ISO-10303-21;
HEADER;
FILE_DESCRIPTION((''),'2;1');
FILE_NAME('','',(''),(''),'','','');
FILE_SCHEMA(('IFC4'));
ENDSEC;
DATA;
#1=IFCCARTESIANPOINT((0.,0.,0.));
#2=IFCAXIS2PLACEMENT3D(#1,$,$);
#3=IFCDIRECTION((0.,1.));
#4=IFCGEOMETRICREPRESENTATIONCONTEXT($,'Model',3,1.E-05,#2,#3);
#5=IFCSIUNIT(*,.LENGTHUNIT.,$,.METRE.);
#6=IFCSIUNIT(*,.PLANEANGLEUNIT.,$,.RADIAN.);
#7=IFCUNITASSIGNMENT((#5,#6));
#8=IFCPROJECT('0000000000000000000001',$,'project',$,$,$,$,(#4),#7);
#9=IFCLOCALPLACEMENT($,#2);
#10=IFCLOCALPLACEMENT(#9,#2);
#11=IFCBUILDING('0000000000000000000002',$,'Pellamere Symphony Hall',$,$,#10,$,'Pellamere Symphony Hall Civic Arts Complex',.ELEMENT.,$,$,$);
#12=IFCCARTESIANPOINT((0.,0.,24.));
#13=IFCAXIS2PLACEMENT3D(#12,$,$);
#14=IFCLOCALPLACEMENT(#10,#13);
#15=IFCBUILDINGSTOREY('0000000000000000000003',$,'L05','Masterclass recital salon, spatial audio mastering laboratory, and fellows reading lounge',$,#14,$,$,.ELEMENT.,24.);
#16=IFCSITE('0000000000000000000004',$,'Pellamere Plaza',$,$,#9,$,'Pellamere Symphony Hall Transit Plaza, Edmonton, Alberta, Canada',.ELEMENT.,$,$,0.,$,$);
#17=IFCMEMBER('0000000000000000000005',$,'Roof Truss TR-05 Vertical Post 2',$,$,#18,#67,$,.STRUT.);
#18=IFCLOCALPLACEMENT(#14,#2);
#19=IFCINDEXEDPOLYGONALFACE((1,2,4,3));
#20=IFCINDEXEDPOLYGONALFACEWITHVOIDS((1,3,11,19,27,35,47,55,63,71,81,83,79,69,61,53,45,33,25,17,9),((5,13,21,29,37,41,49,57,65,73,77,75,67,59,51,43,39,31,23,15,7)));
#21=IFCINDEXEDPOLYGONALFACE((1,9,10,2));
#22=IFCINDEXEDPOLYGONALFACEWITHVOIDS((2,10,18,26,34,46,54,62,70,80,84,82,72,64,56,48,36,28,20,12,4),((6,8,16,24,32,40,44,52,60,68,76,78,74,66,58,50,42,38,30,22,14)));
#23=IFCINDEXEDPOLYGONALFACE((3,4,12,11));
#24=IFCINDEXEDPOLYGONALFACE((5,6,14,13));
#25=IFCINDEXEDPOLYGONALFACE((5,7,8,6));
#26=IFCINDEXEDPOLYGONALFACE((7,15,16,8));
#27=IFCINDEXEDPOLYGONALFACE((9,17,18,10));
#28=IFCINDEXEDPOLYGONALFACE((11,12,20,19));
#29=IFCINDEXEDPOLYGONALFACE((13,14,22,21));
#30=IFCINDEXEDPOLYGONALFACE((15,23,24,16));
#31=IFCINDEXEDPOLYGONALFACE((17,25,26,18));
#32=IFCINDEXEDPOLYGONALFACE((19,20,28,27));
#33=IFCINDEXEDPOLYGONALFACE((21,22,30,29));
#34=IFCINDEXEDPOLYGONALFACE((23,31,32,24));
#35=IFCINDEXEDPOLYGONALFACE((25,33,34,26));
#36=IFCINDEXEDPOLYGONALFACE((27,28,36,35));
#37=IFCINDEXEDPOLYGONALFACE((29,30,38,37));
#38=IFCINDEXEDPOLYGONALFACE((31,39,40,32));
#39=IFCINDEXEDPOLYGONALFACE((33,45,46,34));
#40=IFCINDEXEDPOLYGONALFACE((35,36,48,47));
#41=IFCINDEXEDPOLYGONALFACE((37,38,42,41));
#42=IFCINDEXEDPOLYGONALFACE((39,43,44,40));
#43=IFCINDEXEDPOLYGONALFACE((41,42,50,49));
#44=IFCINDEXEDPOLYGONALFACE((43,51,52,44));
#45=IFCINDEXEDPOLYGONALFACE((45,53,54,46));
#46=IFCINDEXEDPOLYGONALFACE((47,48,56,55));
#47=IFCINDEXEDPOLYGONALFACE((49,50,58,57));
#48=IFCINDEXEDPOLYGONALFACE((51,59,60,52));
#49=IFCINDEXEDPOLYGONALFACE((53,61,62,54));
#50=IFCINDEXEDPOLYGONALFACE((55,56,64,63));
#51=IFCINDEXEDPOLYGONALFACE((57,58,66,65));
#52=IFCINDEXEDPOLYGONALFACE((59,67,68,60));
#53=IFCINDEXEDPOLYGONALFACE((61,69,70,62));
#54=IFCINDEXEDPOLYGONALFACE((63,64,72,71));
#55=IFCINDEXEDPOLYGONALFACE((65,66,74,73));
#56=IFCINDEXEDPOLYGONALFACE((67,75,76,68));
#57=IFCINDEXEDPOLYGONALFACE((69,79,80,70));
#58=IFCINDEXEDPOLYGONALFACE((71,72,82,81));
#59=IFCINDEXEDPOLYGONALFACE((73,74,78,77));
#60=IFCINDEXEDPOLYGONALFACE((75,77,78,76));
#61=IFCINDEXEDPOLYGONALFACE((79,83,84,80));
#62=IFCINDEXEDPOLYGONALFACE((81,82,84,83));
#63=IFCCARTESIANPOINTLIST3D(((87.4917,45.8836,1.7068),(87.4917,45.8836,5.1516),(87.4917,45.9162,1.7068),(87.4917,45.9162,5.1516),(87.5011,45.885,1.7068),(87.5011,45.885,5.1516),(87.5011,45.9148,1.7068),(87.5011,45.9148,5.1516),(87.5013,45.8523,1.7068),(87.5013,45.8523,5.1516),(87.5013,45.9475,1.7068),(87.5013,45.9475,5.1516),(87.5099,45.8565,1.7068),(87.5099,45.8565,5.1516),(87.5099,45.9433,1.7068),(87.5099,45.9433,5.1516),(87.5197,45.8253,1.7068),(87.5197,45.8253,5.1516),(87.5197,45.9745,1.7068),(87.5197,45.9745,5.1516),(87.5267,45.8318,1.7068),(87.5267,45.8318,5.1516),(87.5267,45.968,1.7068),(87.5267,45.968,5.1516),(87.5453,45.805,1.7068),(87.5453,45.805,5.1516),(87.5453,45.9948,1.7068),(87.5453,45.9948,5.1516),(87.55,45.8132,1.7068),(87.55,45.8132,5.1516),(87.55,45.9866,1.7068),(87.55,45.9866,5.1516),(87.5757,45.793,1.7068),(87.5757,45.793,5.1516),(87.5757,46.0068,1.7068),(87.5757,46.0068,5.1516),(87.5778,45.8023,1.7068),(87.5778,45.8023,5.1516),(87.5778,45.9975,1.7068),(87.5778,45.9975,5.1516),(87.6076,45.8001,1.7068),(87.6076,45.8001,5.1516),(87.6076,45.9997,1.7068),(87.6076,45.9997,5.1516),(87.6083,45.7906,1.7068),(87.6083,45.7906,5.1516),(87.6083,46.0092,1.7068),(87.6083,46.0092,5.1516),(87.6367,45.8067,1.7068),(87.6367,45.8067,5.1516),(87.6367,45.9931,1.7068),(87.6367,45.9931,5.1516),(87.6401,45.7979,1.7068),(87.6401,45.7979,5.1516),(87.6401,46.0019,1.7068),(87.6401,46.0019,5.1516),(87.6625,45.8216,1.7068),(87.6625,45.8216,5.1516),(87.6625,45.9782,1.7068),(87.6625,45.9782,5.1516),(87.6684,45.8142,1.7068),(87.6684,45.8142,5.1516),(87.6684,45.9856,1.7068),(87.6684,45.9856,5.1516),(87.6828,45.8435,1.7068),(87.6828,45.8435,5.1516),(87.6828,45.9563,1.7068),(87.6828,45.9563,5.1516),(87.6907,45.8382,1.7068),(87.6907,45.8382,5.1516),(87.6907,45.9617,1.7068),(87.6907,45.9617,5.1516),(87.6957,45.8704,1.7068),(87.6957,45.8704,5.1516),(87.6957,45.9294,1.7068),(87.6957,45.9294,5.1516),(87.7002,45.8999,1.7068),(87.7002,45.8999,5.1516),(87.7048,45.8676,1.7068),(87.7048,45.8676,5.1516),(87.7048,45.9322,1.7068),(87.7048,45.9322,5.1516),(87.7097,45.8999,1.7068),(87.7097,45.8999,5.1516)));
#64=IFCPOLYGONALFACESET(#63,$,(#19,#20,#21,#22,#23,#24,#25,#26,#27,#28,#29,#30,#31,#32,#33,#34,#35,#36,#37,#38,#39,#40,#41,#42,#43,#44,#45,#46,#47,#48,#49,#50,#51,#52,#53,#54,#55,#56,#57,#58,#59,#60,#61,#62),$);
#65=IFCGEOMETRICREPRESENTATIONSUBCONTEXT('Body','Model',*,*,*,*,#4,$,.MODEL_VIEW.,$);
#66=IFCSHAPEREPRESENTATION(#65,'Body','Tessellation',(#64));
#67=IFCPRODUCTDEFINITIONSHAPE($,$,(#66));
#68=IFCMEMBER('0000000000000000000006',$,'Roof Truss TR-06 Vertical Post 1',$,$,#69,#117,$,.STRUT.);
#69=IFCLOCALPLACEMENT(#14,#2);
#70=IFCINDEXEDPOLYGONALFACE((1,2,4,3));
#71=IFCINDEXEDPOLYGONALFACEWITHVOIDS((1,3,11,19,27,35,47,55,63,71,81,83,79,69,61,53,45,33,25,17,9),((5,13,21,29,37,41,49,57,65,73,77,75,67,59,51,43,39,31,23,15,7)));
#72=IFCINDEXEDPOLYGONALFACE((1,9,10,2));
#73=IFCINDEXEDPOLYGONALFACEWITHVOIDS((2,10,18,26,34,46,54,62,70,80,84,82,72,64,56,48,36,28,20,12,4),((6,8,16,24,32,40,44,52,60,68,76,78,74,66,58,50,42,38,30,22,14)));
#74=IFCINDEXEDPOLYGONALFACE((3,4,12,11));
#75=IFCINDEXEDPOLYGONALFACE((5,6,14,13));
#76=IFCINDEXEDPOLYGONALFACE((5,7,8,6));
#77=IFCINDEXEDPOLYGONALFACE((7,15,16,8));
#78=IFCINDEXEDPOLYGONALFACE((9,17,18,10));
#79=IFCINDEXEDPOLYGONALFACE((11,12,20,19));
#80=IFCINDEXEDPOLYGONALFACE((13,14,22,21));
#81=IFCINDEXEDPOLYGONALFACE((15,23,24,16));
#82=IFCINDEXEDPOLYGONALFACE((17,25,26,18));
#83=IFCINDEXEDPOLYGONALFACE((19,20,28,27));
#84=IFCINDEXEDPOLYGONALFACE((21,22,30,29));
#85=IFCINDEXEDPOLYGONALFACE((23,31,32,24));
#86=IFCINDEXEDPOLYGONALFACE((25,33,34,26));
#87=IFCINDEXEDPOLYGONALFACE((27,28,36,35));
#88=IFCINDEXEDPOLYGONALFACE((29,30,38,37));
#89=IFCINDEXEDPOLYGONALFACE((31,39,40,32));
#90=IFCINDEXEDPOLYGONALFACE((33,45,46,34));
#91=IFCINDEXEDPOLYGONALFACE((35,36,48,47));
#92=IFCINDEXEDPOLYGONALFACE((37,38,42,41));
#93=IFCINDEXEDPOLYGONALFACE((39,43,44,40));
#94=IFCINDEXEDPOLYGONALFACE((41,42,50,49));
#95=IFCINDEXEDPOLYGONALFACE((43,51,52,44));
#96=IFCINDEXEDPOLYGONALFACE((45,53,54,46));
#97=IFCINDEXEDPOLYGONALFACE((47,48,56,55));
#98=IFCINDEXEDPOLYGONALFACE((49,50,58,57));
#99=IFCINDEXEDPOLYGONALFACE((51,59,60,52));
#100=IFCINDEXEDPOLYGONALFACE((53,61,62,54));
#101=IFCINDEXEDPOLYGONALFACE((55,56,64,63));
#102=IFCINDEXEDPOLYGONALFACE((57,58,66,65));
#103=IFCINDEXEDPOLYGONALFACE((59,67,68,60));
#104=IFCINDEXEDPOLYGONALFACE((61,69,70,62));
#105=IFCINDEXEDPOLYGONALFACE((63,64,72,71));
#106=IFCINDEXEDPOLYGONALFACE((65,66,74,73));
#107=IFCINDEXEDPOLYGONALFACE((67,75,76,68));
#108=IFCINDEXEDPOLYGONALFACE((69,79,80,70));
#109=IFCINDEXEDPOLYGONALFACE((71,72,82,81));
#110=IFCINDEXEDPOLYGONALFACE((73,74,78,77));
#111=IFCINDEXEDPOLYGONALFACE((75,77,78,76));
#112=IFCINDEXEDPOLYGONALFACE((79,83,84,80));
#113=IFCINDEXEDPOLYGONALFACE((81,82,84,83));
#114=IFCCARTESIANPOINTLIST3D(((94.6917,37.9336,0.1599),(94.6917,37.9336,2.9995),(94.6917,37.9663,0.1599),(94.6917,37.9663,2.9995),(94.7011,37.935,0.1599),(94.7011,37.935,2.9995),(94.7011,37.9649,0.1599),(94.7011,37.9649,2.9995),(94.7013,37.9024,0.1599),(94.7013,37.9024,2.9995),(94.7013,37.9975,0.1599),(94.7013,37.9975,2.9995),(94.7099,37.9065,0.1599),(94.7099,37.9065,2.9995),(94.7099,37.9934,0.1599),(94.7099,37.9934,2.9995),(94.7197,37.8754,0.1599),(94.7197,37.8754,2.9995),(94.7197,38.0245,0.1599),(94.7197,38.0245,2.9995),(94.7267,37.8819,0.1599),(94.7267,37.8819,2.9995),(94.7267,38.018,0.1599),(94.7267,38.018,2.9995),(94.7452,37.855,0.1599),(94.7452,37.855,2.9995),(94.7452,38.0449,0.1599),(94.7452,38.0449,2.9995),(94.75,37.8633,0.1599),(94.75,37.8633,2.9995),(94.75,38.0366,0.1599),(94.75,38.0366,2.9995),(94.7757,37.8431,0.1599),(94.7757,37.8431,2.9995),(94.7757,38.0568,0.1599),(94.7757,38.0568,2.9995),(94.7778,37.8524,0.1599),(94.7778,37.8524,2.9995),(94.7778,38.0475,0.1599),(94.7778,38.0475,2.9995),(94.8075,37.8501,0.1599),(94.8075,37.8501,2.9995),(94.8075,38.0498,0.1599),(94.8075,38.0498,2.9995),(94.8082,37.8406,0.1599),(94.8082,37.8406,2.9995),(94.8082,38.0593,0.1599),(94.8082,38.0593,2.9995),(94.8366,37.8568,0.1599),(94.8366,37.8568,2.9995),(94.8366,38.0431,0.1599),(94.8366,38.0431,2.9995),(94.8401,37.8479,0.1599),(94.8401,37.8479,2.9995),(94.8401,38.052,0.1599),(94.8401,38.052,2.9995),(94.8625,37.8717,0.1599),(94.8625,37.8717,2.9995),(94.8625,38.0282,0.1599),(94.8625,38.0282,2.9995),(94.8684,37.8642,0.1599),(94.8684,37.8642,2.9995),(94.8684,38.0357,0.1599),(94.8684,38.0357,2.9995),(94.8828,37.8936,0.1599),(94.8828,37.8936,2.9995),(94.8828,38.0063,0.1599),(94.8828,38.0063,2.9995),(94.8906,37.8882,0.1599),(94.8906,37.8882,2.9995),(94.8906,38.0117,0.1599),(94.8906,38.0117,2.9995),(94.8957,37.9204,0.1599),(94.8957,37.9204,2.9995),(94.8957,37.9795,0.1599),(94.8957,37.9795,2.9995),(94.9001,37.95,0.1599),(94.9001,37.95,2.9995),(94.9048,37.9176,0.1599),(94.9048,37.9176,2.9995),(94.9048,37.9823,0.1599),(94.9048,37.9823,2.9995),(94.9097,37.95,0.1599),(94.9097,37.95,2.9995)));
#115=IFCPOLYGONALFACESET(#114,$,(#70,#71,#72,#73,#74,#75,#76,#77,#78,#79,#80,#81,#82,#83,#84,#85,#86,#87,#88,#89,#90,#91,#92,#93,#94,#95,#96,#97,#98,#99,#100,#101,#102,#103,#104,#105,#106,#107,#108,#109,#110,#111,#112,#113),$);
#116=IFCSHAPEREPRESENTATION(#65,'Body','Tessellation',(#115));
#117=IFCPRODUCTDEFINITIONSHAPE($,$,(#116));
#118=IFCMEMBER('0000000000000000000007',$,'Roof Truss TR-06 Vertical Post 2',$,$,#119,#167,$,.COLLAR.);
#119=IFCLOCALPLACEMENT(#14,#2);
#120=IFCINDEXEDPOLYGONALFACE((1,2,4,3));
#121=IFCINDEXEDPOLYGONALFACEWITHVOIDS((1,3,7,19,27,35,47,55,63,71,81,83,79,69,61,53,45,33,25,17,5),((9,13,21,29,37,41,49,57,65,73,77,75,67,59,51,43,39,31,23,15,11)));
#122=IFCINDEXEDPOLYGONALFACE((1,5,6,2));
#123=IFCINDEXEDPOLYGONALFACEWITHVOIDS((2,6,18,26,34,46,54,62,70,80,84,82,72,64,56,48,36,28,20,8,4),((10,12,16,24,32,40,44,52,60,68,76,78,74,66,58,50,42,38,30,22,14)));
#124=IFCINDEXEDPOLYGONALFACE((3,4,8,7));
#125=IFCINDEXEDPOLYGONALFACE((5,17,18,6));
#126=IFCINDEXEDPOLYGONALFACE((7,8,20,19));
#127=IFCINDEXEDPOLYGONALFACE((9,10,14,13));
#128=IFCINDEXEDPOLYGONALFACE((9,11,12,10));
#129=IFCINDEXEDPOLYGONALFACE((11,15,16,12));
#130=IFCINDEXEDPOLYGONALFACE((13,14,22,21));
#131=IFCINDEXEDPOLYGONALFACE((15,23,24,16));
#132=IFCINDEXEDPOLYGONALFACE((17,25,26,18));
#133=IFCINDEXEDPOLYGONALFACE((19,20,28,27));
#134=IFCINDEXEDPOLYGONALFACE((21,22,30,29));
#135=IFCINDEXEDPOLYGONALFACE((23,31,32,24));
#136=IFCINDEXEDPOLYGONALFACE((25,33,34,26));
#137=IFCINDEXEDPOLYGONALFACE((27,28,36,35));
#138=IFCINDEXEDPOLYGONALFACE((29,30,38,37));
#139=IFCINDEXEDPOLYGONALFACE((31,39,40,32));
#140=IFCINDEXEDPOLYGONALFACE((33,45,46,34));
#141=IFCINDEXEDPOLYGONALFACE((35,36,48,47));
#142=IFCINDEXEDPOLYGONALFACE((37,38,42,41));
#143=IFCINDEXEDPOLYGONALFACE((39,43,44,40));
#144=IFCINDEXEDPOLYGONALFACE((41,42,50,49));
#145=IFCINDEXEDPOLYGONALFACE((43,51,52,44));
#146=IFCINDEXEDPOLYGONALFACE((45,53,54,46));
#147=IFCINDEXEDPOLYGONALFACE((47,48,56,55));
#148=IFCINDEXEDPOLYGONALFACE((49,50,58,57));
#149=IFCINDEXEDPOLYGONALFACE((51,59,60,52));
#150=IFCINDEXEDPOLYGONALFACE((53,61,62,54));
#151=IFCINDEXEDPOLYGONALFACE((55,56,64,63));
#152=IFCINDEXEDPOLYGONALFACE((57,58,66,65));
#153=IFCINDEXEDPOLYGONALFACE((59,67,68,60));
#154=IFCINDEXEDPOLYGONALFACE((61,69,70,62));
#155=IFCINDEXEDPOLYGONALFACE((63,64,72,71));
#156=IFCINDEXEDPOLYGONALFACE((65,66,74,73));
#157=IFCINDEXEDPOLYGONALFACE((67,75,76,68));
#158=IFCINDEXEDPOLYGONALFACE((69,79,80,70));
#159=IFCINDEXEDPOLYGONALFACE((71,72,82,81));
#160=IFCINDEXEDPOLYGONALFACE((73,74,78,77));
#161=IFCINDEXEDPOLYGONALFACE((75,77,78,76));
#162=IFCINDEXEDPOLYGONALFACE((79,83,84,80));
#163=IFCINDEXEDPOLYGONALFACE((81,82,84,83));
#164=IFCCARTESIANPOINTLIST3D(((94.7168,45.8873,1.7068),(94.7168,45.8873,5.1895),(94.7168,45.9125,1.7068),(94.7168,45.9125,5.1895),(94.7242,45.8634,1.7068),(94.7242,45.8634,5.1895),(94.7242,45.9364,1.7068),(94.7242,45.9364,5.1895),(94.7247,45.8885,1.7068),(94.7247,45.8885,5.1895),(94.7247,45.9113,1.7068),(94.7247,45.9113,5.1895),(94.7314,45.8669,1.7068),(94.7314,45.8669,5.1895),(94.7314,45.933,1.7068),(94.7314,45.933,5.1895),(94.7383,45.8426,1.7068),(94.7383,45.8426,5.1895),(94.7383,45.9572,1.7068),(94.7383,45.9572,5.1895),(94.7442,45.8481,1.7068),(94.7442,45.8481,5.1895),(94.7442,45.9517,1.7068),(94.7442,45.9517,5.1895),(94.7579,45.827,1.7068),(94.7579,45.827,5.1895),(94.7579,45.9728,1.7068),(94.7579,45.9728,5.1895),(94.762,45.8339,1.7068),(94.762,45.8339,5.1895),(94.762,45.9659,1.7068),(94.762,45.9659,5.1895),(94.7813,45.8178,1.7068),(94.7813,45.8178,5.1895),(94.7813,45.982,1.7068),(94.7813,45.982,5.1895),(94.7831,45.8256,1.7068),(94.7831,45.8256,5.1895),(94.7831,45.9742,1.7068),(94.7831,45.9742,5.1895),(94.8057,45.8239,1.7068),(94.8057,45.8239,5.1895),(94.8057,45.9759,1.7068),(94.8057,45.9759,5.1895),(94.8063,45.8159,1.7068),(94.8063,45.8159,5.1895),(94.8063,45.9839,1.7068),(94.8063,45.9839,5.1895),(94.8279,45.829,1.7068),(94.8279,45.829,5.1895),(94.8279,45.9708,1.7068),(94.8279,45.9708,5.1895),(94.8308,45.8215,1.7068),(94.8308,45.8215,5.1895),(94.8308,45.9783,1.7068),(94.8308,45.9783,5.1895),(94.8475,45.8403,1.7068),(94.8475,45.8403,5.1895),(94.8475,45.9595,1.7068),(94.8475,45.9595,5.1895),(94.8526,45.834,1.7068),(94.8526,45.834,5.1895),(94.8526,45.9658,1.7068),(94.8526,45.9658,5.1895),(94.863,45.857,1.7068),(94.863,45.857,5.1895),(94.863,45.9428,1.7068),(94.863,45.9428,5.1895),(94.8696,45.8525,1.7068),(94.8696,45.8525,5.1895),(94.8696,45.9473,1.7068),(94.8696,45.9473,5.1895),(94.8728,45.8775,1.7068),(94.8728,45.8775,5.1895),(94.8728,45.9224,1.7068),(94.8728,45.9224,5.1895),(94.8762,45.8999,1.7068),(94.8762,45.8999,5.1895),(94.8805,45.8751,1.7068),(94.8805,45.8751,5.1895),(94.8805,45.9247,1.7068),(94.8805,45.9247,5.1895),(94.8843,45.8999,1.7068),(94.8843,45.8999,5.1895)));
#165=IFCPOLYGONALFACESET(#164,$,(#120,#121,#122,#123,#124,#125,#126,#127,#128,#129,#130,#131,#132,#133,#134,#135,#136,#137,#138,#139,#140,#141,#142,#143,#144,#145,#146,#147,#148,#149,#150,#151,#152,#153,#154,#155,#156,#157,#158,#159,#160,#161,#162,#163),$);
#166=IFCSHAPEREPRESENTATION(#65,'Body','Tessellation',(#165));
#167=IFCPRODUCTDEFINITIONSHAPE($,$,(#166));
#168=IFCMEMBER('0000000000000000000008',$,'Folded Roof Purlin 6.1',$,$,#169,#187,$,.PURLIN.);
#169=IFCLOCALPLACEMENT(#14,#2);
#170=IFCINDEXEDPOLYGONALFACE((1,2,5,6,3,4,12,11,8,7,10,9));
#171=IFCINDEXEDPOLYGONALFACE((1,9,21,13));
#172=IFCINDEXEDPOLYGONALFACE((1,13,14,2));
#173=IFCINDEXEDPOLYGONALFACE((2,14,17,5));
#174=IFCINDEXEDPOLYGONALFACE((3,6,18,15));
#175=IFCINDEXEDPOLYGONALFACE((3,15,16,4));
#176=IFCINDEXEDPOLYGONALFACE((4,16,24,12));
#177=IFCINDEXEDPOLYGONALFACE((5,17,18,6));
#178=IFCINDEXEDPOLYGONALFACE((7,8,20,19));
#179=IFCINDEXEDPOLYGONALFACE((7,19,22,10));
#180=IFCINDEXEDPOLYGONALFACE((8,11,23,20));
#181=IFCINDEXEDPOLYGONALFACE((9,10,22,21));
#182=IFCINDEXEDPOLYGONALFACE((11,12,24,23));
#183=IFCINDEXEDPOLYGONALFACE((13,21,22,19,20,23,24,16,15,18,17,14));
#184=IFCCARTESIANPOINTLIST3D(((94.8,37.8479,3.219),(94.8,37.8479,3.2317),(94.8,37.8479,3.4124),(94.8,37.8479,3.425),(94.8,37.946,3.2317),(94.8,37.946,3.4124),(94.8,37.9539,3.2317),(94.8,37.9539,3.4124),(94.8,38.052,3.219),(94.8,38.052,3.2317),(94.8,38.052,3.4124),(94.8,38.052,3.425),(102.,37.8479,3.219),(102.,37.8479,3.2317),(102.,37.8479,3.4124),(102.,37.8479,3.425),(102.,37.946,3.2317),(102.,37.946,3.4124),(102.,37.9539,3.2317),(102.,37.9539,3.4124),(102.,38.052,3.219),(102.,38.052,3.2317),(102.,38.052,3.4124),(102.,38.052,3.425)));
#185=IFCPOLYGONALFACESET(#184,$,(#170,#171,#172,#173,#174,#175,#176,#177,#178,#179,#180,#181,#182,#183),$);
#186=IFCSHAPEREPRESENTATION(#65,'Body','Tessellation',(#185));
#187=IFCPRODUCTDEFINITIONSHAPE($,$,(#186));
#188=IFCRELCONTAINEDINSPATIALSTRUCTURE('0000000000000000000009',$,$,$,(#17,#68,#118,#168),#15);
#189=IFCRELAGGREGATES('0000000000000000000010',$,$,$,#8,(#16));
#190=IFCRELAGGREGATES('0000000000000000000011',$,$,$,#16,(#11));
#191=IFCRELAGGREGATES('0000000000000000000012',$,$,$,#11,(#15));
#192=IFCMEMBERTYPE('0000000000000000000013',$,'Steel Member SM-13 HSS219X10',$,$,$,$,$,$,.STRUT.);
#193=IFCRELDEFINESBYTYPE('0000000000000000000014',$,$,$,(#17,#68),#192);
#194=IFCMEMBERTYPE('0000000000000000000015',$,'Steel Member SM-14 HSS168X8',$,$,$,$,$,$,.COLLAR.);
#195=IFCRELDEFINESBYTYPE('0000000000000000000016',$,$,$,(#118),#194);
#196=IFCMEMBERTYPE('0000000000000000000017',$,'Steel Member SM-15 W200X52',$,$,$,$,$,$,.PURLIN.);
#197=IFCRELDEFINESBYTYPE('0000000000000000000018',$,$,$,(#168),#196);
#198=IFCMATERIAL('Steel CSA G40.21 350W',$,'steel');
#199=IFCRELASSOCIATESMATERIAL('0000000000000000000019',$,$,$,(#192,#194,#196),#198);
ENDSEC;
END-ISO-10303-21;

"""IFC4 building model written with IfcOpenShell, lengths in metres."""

from ifc_helpers import new_model, si_unit, direction, frame, origin, origin_2d, place, context, subcontext, project, spatial, hollow_circle, i_section, extrude, material, material_profile, profile_set, type_object, element, save


model = new_model("IFC4")

# Units and contexts
model_context = context("Model", 3, precision=1e-05, world=origin(), true_north=direction((0.0, 1.0)))
body_context = subcontext(model_context, "Body", "Model", "MODEL_VIEW")
ifc_project = project(units=[si_unit("LENGTHUNIT", "METRE"), si_unit("PLANEANGLEUNIT", "RADIAN")], contexts=[model_context])

# Site, building, storey
site_placement = place(None, origin())
site = spatial("IfcSite", under=ifc_project, at=site_placement, Name="Pellamere Plaza", LongName="Pellamere Symphony Hall Transit Plaza, Edmonton, Alberta, Canada", CompositionType="ELEMENT", RefElevation=0.0)
building_placement = place(site_placement, origin())
building = spatial("IfcBuilding", under=site, at=building_placement, Name="Pellamere Symphony Hall", LongName="Pellamere Symphony Hall Civic Arts Complex", CompositionType="ELEMENT")
storey_placement = place(building_placement, frame((0.0, 0.0, 24.0)))
storey = spatial("IfcBuildingStorey", under=building, at=storey_placement, Name="L05", Description="Masterclass recital salon, spatial audio mastering laboratory, and fellows reading lounge", CompositionType="ELEMENT", Elevation=24.0)

# Shared definitions
ifc_material_1 = material(Name="Steel CSA G40.21 350W", Category="steel")

# Members
ifc_material_profile_1 = material_profile(ifc_material_1, hollow_circle(Radius=0.1096, WallThickness=0.0095, at=origin_2d()), Name="HSS219X10")
ifc_profile_set_1 = profile_set([ifc_material_profile_1], Name="Steel CSA G40.21 350W")
member_type_1 = type_object("IfcMemberType", Name="Steel Member SM-13 HSS219X10", PredefinedType="STRUT", material=ifc_profile_set_1)
member_1_placement = place(storey_placement, frame((87.6001, 45.8999, 1.7068), z_axis=(0.0, 0.0, 1.0), x_axis=(1.0, 0.0, 0.0)))
element("IfcMember", 1, at=member_1_placement, inside=storey, type_object=member_type_1, Name="Roof Truss TR-05 Vertical Post 2", PredefinedType="STRUT", context=body_context, shape_type="SweptSolid", body=[
    extrude(hollow_circle(Radius=0.1096, WallThickness=0.0095, at=origin_2d()), origin(), (0.0, 0.0, 1.0), 3.4448),
])
member_2_placement = place(storey_placement, frame((94.8, 37.95, 0.1599), z_axis=(0.0, 0.0, 1.0), x_axis=(1.0, 0.0, 0.0)))
element("IfcMember", 2, at=member_2_placement, inside=storey, type_object=member_type_1, Name="Roof Truss TR-06 Vertical Post 1", PredefinedType="STRUT", context=body_context, shape_type="SweptSolid", body=[
    extrude(hollow_circle(Radius=0.1096, WallThickness=0.0095, at=origin_2d()), origin(), (0.0, 0.0, 1.0), 2.8396),
])
ifc_material_profile_2 = material_profile(ifc_material_1, hollow_circle(Radius=0.0842, WallThickness=0.0081, at=origin_2d()), Name="HSS168X8")
ifc_profile_set_2 = profile_set([ifc_material_profile_2], Name="Steel CSA G40.21 350W")
member_type_2 = type_object("IfcMemberType", Name="Steel Member SM-14 HSS168X8", PredefinedType="COLLAR", material=ifc_profile_set_2)
member_3_placement = place(storey_placement, frame((94.8, 45.8999, 1.7068), z_axis=(0.0, 0.0, 1.0), x_axis=(1.0, 0.0, 0.0)))
element("IfcMember", 3, at=member_3_placement, inside=storey, type_object=member_type_2, Name="Roof Truss TR-06 Vertical Post 2", PredefinedType="COLLAR", context=body_context, shape_type="SweptSolid", body=[
    extrude(hollow_circle(Radius=0.0842, WallThickness=0.0081, at=origin_2d()), origin(), (0.0, 0.0, 1.0), 3.4827),
])
ifc_material_profile_3 = material_profile(ifc_material_1, i_section(OverallWidth=0.2041, OverallDepth=0.2061, WebThickness=0.0078, FlangeThickness=0.0127, at=origin_2d()), Name="W200X52")
ifc_profile_set_3 = profile_set([ifc_material_profile_3], Name="Steel CSA G40.21 350W")
member_type_3 = type_object("IfcMemberType", Name="Steel Member SM-15 W200X52", PredefinedType="PURLIN", material=ifc_profile_set_3)
member_4_placement = place(storey_placement, frame((94.8, 37.95, 3.322), z_axis=(1.0, 0.0, 0.0), x_axis=(0.0, 1.0, 0.0)))
element("IfcMember", 4, at=member_4_placement, inside=storey, type_object=member_type_3, Name="Folded Roof Purlin 6.1", PredefinedType="PURLIN", context=body_context, shape_type="SweptSolid", body=[
    extrude(i_section(OverallWidth=0.2041, OverallDepth=0.2061, WebThickness=0.0078, FlangeThickness=0.0127, at=origin_2d()), origin(), (0.0, 0.0, 1.0), 7.2),
])

save(model, "model.ifc")
